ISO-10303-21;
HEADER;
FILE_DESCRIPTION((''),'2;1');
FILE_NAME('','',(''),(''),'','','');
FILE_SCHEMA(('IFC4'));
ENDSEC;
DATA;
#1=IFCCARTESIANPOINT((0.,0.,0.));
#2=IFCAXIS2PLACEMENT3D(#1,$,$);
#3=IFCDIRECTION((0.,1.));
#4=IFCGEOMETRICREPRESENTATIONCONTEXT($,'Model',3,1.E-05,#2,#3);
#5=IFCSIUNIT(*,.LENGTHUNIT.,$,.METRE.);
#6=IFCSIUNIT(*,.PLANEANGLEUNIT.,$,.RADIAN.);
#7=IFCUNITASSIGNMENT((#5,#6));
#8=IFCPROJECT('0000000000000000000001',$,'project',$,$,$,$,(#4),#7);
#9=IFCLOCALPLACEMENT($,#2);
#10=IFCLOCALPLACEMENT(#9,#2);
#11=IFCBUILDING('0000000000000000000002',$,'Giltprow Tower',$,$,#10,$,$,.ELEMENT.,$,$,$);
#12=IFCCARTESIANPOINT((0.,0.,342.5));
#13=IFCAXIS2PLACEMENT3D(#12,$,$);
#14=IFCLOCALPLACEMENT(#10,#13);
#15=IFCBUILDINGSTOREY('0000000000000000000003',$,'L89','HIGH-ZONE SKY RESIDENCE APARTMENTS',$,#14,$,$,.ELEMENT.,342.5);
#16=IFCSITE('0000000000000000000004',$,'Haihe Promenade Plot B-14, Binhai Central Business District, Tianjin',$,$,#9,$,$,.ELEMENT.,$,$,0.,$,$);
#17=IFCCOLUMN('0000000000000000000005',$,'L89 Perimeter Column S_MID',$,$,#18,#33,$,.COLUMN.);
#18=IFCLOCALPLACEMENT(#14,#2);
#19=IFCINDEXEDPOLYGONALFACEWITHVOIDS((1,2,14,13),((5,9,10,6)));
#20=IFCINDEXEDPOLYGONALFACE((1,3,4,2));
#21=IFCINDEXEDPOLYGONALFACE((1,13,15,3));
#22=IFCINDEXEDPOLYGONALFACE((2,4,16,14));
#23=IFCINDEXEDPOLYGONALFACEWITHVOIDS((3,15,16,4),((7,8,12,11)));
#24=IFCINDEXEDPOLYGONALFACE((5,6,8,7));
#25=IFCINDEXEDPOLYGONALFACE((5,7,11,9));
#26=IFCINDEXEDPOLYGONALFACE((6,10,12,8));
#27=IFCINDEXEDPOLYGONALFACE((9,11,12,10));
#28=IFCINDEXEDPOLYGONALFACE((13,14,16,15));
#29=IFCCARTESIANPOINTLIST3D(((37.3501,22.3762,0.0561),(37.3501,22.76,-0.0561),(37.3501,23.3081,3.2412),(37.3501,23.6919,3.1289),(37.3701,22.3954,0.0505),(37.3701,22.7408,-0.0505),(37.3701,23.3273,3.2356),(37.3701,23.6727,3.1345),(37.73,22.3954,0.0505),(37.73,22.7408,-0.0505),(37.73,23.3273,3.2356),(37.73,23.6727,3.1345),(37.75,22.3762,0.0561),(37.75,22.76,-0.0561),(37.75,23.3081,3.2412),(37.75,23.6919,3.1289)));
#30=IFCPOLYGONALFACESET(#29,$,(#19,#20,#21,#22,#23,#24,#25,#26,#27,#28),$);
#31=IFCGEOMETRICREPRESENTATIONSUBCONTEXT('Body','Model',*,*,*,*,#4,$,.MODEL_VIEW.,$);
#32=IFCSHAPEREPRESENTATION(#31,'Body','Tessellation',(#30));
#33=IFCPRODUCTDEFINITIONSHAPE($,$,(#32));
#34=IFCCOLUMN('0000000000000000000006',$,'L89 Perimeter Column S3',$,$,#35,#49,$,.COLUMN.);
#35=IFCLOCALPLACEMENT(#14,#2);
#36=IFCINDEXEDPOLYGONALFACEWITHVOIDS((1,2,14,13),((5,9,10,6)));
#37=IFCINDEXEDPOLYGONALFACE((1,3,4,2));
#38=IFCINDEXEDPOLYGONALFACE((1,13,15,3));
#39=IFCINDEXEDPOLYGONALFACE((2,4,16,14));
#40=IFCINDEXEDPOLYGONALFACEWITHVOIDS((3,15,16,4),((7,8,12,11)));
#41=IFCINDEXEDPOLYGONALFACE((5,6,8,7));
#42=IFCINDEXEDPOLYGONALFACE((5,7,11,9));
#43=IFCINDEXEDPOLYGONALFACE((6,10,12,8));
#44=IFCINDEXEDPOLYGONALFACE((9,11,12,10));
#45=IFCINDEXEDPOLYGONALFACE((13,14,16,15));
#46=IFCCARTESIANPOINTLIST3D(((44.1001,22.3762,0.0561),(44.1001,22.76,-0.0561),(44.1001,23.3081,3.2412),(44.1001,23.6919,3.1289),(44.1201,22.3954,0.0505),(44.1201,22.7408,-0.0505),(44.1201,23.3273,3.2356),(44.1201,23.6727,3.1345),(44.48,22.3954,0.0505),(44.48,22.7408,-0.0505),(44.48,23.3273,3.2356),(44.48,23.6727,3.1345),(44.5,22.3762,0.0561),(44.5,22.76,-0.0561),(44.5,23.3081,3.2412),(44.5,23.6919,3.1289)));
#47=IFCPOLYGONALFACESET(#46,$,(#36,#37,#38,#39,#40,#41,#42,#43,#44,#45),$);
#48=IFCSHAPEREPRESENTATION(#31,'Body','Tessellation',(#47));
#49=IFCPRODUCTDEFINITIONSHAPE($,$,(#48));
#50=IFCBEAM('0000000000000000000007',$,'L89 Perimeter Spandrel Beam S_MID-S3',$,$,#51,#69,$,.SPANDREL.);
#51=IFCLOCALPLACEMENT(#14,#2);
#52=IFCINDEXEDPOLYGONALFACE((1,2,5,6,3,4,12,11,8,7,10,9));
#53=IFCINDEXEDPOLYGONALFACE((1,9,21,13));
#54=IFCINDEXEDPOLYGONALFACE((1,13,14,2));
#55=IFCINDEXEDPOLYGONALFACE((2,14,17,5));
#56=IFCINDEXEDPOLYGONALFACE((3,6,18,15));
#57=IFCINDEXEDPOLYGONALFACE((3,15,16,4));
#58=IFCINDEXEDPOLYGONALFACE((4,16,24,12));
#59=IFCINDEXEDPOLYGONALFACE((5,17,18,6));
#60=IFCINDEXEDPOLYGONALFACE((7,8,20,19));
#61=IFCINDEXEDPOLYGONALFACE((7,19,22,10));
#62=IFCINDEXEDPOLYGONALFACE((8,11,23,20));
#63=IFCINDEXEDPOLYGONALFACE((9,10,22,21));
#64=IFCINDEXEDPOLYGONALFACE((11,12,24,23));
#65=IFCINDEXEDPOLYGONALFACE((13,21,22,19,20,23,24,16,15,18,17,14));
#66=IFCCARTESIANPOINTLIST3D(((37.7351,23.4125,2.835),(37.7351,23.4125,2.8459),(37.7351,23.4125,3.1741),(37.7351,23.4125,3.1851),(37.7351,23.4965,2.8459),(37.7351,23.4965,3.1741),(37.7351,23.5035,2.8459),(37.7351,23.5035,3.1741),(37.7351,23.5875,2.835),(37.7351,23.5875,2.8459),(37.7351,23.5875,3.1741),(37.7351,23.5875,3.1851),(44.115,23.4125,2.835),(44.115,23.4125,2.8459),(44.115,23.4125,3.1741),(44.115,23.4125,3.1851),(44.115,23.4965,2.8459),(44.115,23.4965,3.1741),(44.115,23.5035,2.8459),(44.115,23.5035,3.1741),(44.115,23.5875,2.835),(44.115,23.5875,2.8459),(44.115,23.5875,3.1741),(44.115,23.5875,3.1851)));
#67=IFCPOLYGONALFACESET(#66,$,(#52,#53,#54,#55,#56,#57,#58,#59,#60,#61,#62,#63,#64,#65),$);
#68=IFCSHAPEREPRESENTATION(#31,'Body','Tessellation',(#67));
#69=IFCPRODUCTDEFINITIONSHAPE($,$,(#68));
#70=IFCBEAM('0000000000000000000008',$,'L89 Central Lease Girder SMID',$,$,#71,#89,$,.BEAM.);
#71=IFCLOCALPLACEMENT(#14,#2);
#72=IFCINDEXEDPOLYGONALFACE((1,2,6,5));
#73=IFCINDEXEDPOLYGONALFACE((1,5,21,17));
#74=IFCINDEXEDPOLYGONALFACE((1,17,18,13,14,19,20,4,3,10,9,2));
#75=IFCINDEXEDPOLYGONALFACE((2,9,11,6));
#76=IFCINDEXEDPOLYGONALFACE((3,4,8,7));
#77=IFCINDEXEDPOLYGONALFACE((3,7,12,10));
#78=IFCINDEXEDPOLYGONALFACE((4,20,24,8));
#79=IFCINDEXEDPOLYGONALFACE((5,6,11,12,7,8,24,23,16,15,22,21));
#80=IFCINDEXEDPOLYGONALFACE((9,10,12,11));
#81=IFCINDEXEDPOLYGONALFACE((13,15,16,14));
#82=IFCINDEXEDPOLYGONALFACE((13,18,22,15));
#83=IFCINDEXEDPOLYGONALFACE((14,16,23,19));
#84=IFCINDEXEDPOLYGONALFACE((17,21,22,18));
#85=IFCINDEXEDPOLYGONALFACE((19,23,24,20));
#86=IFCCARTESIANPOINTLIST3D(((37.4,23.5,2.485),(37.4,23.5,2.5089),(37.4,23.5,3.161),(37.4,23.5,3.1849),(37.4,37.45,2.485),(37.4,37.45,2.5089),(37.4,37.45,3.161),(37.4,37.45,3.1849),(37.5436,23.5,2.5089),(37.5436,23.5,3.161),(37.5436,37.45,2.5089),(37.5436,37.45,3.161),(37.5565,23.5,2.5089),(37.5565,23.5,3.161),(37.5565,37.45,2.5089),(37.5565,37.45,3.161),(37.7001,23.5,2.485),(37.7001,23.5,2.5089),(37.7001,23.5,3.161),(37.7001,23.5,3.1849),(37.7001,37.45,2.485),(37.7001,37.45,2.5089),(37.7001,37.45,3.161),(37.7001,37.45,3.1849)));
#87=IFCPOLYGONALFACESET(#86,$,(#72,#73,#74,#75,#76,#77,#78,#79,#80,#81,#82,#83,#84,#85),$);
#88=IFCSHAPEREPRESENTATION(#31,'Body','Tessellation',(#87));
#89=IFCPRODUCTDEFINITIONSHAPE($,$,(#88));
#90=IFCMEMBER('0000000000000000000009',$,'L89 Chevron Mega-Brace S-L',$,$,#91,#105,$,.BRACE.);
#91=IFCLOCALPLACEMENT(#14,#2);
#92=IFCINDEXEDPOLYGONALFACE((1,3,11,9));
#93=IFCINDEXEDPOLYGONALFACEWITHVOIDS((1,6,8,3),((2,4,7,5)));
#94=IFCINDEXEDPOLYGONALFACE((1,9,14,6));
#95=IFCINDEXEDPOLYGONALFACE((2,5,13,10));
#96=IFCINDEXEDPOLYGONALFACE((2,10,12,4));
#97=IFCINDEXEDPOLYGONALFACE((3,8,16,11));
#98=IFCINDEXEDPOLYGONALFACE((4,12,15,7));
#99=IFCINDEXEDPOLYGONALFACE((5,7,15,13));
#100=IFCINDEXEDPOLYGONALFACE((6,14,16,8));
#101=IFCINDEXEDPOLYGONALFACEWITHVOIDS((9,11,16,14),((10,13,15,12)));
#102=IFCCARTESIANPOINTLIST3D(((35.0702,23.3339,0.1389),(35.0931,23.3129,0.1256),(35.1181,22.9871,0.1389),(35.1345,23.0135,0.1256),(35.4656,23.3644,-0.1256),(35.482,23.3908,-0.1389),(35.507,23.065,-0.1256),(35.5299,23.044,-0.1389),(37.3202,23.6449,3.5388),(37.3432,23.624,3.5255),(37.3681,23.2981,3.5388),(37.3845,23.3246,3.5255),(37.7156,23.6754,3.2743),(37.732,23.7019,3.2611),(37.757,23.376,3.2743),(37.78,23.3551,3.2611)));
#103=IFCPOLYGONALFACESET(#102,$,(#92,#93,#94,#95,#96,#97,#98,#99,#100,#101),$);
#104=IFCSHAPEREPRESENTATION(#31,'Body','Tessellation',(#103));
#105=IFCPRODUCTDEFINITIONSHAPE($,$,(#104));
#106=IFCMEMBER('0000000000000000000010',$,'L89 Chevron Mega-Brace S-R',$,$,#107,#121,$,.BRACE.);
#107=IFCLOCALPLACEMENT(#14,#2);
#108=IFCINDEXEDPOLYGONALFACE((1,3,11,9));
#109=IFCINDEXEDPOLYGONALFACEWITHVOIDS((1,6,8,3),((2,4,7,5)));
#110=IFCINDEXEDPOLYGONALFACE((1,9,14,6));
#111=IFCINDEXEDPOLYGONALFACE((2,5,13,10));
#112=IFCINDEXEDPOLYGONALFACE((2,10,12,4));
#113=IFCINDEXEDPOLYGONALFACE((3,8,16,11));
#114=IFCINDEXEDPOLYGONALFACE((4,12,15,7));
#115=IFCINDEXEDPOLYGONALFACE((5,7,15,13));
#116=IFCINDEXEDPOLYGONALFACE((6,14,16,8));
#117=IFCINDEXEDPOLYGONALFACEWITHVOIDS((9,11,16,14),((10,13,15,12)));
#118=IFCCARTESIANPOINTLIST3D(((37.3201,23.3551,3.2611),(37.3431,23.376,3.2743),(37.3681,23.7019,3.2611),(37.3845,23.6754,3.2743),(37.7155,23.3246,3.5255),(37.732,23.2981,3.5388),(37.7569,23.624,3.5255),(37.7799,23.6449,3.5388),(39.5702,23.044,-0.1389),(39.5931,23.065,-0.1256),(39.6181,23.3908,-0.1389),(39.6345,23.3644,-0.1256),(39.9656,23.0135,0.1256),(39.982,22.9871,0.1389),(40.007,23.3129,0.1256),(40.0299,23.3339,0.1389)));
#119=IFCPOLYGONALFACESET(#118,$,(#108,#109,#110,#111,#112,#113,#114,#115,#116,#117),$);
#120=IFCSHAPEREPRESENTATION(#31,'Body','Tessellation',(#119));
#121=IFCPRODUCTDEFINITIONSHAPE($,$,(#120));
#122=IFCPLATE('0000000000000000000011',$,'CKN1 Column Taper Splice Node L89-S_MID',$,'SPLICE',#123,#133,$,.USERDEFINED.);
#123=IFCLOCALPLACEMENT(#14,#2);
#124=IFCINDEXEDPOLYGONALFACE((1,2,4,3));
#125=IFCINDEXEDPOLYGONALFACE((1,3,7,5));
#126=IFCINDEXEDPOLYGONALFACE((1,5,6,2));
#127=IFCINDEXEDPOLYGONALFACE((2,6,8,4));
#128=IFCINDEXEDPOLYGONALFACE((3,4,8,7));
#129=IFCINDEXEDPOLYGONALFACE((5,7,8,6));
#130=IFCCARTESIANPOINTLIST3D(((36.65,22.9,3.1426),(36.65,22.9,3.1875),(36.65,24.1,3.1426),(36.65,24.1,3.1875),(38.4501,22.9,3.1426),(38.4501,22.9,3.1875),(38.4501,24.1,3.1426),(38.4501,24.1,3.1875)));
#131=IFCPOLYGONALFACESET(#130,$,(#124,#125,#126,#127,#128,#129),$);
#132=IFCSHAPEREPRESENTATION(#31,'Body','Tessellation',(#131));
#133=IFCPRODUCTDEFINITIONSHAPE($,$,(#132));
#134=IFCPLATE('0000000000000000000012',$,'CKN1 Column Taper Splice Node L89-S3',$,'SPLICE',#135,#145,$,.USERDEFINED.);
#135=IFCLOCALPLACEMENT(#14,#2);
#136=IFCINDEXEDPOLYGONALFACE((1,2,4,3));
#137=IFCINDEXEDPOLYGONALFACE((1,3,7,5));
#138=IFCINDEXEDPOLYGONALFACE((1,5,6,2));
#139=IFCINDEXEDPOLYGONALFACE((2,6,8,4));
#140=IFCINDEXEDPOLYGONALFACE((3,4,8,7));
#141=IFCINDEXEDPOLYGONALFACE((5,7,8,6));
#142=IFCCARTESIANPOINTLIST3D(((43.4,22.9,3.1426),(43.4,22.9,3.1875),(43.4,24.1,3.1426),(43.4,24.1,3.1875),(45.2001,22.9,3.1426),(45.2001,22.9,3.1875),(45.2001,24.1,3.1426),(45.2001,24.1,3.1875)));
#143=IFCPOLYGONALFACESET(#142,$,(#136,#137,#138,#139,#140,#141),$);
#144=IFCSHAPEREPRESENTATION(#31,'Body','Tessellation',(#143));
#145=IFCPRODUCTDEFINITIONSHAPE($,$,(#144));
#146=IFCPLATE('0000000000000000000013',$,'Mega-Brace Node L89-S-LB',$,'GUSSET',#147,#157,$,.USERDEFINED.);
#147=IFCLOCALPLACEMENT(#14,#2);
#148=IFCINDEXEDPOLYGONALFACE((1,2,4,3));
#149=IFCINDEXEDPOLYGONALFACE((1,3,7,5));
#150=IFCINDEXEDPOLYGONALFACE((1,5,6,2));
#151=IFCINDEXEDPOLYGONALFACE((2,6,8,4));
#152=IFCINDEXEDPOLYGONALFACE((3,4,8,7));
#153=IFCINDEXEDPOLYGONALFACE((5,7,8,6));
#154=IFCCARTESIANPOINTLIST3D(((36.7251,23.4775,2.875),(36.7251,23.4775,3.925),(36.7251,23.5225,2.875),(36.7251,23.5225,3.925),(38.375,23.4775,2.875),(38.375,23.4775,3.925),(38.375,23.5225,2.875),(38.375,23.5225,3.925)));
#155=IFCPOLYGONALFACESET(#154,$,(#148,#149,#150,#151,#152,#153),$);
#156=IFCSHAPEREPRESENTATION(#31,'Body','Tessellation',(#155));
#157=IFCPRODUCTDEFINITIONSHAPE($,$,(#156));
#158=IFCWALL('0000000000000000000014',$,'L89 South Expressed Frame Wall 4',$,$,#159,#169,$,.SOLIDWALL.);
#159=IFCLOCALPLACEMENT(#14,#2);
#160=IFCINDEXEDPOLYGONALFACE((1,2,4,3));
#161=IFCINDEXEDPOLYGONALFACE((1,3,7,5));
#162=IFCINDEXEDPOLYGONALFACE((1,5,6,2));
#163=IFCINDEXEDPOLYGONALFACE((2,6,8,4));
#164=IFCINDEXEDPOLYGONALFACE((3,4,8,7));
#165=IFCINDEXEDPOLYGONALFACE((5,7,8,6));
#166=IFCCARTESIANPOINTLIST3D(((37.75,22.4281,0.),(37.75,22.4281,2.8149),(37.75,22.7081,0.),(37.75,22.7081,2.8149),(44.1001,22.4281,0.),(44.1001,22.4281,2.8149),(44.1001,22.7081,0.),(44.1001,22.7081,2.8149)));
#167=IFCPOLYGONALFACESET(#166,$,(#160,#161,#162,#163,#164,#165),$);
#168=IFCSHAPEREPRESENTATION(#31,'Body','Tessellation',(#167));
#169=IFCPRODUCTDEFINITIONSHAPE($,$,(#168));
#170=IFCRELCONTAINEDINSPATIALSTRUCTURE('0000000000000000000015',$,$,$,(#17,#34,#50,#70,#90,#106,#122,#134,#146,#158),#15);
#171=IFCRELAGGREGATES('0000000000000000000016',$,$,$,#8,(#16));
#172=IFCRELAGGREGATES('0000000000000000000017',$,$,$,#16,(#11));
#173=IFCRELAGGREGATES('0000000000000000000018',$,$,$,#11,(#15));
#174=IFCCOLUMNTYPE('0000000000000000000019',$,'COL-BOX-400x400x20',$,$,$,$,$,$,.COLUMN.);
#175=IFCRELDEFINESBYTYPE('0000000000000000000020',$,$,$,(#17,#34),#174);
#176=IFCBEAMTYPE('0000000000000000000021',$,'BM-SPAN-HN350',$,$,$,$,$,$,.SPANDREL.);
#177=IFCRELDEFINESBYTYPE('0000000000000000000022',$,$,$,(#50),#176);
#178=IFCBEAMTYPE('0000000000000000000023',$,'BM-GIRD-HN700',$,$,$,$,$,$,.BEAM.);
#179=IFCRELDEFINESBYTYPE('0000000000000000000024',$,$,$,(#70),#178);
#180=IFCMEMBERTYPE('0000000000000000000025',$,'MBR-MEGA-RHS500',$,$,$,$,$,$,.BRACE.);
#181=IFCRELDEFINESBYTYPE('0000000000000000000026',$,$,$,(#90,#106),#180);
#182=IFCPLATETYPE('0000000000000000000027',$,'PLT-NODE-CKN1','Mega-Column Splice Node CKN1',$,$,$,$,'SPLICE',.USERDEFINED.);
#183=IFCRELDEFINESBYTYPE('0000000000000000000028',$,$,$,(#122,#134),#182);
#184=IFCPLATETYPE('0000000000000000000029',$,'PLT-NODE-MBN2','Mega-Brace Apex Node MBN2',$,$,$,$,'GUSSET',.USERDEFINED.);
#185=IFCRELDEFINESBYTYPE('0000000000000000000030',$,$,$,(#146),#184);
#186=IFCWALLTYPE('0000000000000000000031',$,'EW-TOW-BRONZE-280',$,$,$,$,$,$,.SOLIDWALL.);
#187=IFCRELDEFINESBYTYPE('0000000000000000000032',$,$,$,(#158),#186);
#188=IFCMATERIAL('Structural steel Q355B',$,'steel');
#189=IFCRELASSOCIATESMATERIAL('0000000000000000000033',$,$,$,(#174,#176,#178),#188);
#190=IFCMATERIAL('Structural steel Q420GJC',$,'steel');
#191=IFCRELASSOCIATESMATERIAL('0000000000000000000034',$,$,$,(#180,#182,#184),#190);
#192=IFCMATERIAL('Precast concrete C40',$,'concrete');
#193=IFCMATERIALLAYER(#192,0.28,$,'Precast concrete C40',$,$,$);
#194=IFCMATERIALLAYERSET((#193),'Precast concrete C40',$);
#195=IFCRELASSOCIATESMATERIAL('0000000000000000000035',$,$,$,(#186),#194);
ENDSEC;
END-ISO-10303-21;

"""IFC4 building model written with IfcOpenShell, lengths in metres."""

from ifc_helpers import new_model, si_unit, direction, frame, frame_2d, origin, origin_2d, place, context, subcontext, project, spatial, rectangle, hollow_rectangle, i_section, extrude, source, transform, mapped, material, layer, layer_set, material_profile, profile_set, type_object, element, save


model = new_model("IFC4")

# Units and contexts
model_context = context("Model", 3, precision=1e-05, world=origin(), true_north=direction((0.0, 1.0)))
body_context = subcontext(model_context, "Body", "Model", "MODEL_VIEW")
ifc_project = project(units=[si_unit("LENGTHUNIT", "METRE"), si_unit("PLANEANGLEUNIT", "RADIAN")], contexts=[model_context])

# Site, building, storey
site_placement = place(None, origin())
site = spatial("IfcSite", under=ifc_project, at=site_placement, Name="Haihe Promenade Plot B-14, Binhai Central Business District, Tianjin", CompositionType="ELEMENT", RefElevation=0.0)
building_placement = place(site_placement, origin())
building = spatial("IfcBuilding", under=site, at=building_placement, Name="Giltprow Tower", CompositionType="ELEMENT")
storey_placement = place(building_placement, frame((0.0, 0.0, 342.5)))
storey = spatial("IfcBuildingStorey", under=building, at=storey_placement, Name="L89", Description="HIGH-ZONE SKY RESIDENCE APARTMENTS", CompositionType="ELEMENT", Elevation=342.5)

# Columns
ifc_material_1 = material(Name="Structural steel Q355B", Category="steel")
ifc_material_profile_1 = material_profile(ifc_material_1, hollow_rectangle(XDim=0.3999, YDim=0.3999, WallThickness=0.02, at=origin_2d()), Name="BOX 400x400x20")
ifc_profile_set_1 = profile_set([ifc_material_profile_1], Name="Structural steel Q355B")
column_type = type_object("IfcColumnType", Name="COL-BOX-400x400x20", PredefinedType="COLUMN", material=ifc_profile_set_1)
shared_shape_1 = source(origin(), body_context, "Body", "SweptSolid", [
    extrude(hollow_rectangle(XDim=0.3999, YDim=0.3999, WallThickness=0.02, at=origin_2d()), origin(), (0.0, 0.0, 1.0), 3.3186),
])
for number, where, z_axis, x_axis, name in (
    (1, (37.55, 22.5681, 0.0), (0.0, 0.280808, 0.959764), (-1.0, 0.0, 0.0), "L89 Perimeter Column S_MID"),
    (2, (44.3, 22.5681, 0.0), (0.0, 0.280808, 0.959764), (-1.0, 0.0, 0.0), "L89 Perimeter Column S3"),
):
    element("IfcColumn", number, at=place(storey_placement, frame(where, z_axis=z_axis, x_axis=x_axis)), inside=storey, type_object=column_type, Name=name, PredefinedType="COLUMN", context=body_context, shape_type="MappedRepresentation", body=[
        mapped(shared_shape_1, transform((0.0, 0.0, 0.0), x_axis=(1.0, 0.0, 0.0), y_axis=(0.0, 1.0, 0.0), z_axis=(0.0, 0.0, 1.0), scale=1.0)),
    ])

# Beams
ifc_material_profile_2 = material_profile(ifc_material_1, i_section(OverallWidth=0.175, OverallDepth=0.3501, WebThickness=0.0071, FlangeThickness=0.011, at=origin_2d()), Name="HN 350x175x7x11")
ifc_profile_set_2 = profile_set([ifc_material_profile_2], Name="Structural steel Q355B")
beam_type_1 = type_object("IfcBeamType", Name="BM-SPAN-HN350", PredefinedType="SPANDREL", material=ifc_profile_set_2)
shared_shape_2 = source(origin(), body_context, "Body", "SweptSolid", [
    extrude(i_section(OverallWidth=0.175, OverallDepth=0.3501, WebThickness=0.0071, FlangeThickness=0.011, at=origin_2d()), origin(), (0.0, 0.0, 1.0), 6.3799),
])
beam_1_placement = place(storey_placement, frame((37.7351, 23.5, 3.01), z_axis=(1.0, 0.0, 0.0), x_axis=(0.0, 1.0, 0.0)))
element("IfcBeam", 3, at=beam_1_placement, inside=storey, type_object=beam_type_1, Name="L89 Perimeter Spandrel Beam S_MID-S3", PredefinedType="SPANDREL", context=body_context, shape_type="MappedRepresentation", body=[
    mapped(shared_shape_2, transform((0.0, 0.0, 0.0), x_axis=(1.0, 0.0, 0.0), y_axis=(0.0, 1.0, 0.0), z_axis=(0.0, 0.0, 1.0), scale=1.0)),
])
ifc_material_profile_3 = material_profile(ifc_material_1, i_section(OverallWidth=0.3, OverallDepth=0.7, WebThickness=0.0129, FlangeThickness=0.0239, at=origin_2d()), Name="HN 700x300x13x24")
ifc_profile_set_3 = profile_set([ifc_material_profile_3], Name="Structural steel Q355B")
beam_type_2 = type_object("IfcBeamType", Name="BM-GIRD-HN700", PredefinedType="BEAM", material=ifc_profile_set_3)
shared_shape_3 = source(origin(), body_context, "Body", "SweptSolid", [
    extrude(i_section(OverallWidth=0.3, OverallDepth=0.7, WebThickness=0.0129, FlangeThickness=0.0239, at=origin_2d()), origin(), (0.0, 0.0, 1.0), 13.95),
])
beam_2_placement = place(storey_placement, frame((37.55, 23.5, 2.835), z_axis=(0.0, 1.0, 0.0), x_axis=(-1.0, 0.0, 0.0)))
element("IfcBeam", 4, at=beam_2_placement, inside=storey, type_object=beam_type_2, Name="L89 Central Lease Girder SMID", PredefinedType="BEAM", context=body_context, shape_type="MappedRepresentation", body=[
    mapped(shared_shape_3, transform((0.0, 0.0, 0.0), x_axis=(1.0, 0.0, 0.0), y_axis=(0.0, 1.0, 0.0), z_axis=(0.0, 0.0, 1.0), scale=1.0)),
])

# Members
ifc_material_2 = material(Name="Structural steel Q420GJC", Category="steel")
ifc_material_profile_4 = material_profile(ifc_material_2, hollow_rectangle(XDim=0.3501, YDim=0.5, WallThickness=0.0239, at=origin_2d()), Name="RHS 500x350x24")
ifc_profile_set_4 = profile_set([ifc_material_profile_4], Name="Structural steel Q420GJC")
member_type = type_object("IfcMemberType", Name="MBR-MEGA-RHS500", PredefinedType="BRACE", material=ifc_profile_set_4)
shared_shape_4 = source(origin(), body_context, "Body", "SweptSolid", [
    extrude(hollow_rectangle(XDim=0.3501, YDim=0.5, WallThickness=0.0239, at=origin_2d()), origin(), (0.0, 0.0, 1.0), 4.0889),
])
for number, where, z_axis, x_axis, name in (
    (5, (35.3, 23.189, 0.0), (0.550279, 0.076069, 0.831509), (-0.136936, 0.99058, 0.0), "L89 Chevron Mega-Brace S-L"),
    (6, (39.8, 23.189, 0.0), (-0.550279, 0.076069, 0.831509), (-0.136936, -0.99058, 0.0), "L89 Chevron Mega-Brace S-R"),
):
    element("IfcMember", number, at=place(storey_placement, frame(where, z_axis=z_axis, x_axis=x_axis)), inside=storey, type_object=member_type, Name=name, PredefinedType="BRACE", context=body_context, shape_type="MappedRepresentation", body=[
        mapped(shared_shape_4, transform((0.0, 0.0, 0.0), x_axis=(1.0, 0.0, 0.0), y_axis=(0.0, 1.0, 0.0), z_axis=(0.0, 0.0, 1.0), scale=1.0)),
    ])

# Plates
plate_type_1 = type_object("IfcPlateType", Name="PLT-NODE-CKN1", Description="Mega-Column Splice Node CKN1", ElementType="SPLICE", PredefinedType="USERDEFINED", material=ifc_material_2)
shared_shape_5 = source(origin(), body_context, "Body", "SweptSolid", [
    extrude(rectangle(XDim=1.8, YDim=1.2, at=origin_2d()), origin(), (0.0, 0.0, 1.0), 0.0449),
])
for number, where, z_axis, x_axis, name in (
    (7, (37.55, 23.5, 3.1426), (0.0, 0.0, 1.0), (1.0, 0.0, 0.0), "CKN1 Column Taper Splice Node L89-S_MID"),
    (8, (44.3, 23.5, 3.1426), (0.0, 0.0, 1.0), (1.0, 0.0, 0.0), "CKN1 Column Taper Splice Node L89-S3"),
):
    element("IfcPlate", number, at=place(storey_placement, frame(where, z_axis=z_axis, x_axis=x_axis)), inside=storey, type_object=plate_type_1, Name=name, ObjectType="SPLICE", PredefinedType="USERDEFINED", context=body_context, shape_type="MappedRepresentation", body=[
        mapped(shared_shape_5, transform((0.0, 0.0, 0.0), x_axis=(1.0, 0.0, 0.0), y_axis=(0.0, 1.0, 0.0), z_axis=(0.0, 0.0, 1.0), scale=1.0)),
    ])
plate_type_2 = type_object("IfcPlateType", Name="PLT-NODE-MBN2", Description="Mega-Brace Apex Node MBN2", ElementType="GUSSET", PredefinedType="USERDEFINED", material=ifc_material_2)
shared_shape_6 = source(origin(), body_context, "Body", "SweptSolid", [
    extrude(rectangle(XDim=1.6499, YDim=0.0449, at=origin_2d()), origin(), (0.0, 0.0, 1.0), 1.05),
])
plate_placement = place(storey_placement, frame((37.55, 23.5, 2.875), z_axis=(0.0, 0.0, 1.0), x_axis=(1.0, 0.0, 0.0)))
element("IfcPlate", 9, at=plate_placement, inside=storey, type_object=plate_type_2, Name="Mega-Brace Node L89-S-LB", ObjectType="GUSSET", PredefinedType="USERDEFINED", context=body_context, shape_type="MappedRepresentation", body=[
    mapped(shared_shape_6, transform((0.0, 0.0, 0.0), x_axis=(1.0, 0.0, 0.0), y_axis=(0.0, 1.0, 0.0), z_axis=(0.0, 0.0, 1.0), scale=1.0)),
])

# Wall
ifc_material_3 = material(Name="Precast concrete C40", Category="concrete")
ifc_layer_1 = layer(ifc_material_3, 0.28, Name="Precast concrete C40")
ifc_layer_set_1 = layer_set([ifc_layer_1], Name="Precast concrete C40")
wall_type_1 = type_object("IfcWallType", Name="EW-TOW-BRONZE-280", PredefinedType="SOLIDWALL", material=ifc_layer_set_1)
wall_1_placement = place(storey_placement, frame((37.75, 22.5681, 0.0), z_axis=(0.0, 0.0, 1.0), x_axis=(1.0, 0.0, 0.0)))
element("IfcWall", 10, at=wall_1_placement, inside=storey, type_object=wall_type_1, Name="L89 South Expressed Frame Wall 4", PredefinedType="SOLIDWALL", context=body_context, shape_type="SweptSolid", body=[
    extrude(rectangle(XDim=6.3501, YDim=0.28, at=frame_2d((3.175, 0.0))), origin(), (0.0, 0.0, 1.0), 2.8149),
])

save(model, "model.ifc")
